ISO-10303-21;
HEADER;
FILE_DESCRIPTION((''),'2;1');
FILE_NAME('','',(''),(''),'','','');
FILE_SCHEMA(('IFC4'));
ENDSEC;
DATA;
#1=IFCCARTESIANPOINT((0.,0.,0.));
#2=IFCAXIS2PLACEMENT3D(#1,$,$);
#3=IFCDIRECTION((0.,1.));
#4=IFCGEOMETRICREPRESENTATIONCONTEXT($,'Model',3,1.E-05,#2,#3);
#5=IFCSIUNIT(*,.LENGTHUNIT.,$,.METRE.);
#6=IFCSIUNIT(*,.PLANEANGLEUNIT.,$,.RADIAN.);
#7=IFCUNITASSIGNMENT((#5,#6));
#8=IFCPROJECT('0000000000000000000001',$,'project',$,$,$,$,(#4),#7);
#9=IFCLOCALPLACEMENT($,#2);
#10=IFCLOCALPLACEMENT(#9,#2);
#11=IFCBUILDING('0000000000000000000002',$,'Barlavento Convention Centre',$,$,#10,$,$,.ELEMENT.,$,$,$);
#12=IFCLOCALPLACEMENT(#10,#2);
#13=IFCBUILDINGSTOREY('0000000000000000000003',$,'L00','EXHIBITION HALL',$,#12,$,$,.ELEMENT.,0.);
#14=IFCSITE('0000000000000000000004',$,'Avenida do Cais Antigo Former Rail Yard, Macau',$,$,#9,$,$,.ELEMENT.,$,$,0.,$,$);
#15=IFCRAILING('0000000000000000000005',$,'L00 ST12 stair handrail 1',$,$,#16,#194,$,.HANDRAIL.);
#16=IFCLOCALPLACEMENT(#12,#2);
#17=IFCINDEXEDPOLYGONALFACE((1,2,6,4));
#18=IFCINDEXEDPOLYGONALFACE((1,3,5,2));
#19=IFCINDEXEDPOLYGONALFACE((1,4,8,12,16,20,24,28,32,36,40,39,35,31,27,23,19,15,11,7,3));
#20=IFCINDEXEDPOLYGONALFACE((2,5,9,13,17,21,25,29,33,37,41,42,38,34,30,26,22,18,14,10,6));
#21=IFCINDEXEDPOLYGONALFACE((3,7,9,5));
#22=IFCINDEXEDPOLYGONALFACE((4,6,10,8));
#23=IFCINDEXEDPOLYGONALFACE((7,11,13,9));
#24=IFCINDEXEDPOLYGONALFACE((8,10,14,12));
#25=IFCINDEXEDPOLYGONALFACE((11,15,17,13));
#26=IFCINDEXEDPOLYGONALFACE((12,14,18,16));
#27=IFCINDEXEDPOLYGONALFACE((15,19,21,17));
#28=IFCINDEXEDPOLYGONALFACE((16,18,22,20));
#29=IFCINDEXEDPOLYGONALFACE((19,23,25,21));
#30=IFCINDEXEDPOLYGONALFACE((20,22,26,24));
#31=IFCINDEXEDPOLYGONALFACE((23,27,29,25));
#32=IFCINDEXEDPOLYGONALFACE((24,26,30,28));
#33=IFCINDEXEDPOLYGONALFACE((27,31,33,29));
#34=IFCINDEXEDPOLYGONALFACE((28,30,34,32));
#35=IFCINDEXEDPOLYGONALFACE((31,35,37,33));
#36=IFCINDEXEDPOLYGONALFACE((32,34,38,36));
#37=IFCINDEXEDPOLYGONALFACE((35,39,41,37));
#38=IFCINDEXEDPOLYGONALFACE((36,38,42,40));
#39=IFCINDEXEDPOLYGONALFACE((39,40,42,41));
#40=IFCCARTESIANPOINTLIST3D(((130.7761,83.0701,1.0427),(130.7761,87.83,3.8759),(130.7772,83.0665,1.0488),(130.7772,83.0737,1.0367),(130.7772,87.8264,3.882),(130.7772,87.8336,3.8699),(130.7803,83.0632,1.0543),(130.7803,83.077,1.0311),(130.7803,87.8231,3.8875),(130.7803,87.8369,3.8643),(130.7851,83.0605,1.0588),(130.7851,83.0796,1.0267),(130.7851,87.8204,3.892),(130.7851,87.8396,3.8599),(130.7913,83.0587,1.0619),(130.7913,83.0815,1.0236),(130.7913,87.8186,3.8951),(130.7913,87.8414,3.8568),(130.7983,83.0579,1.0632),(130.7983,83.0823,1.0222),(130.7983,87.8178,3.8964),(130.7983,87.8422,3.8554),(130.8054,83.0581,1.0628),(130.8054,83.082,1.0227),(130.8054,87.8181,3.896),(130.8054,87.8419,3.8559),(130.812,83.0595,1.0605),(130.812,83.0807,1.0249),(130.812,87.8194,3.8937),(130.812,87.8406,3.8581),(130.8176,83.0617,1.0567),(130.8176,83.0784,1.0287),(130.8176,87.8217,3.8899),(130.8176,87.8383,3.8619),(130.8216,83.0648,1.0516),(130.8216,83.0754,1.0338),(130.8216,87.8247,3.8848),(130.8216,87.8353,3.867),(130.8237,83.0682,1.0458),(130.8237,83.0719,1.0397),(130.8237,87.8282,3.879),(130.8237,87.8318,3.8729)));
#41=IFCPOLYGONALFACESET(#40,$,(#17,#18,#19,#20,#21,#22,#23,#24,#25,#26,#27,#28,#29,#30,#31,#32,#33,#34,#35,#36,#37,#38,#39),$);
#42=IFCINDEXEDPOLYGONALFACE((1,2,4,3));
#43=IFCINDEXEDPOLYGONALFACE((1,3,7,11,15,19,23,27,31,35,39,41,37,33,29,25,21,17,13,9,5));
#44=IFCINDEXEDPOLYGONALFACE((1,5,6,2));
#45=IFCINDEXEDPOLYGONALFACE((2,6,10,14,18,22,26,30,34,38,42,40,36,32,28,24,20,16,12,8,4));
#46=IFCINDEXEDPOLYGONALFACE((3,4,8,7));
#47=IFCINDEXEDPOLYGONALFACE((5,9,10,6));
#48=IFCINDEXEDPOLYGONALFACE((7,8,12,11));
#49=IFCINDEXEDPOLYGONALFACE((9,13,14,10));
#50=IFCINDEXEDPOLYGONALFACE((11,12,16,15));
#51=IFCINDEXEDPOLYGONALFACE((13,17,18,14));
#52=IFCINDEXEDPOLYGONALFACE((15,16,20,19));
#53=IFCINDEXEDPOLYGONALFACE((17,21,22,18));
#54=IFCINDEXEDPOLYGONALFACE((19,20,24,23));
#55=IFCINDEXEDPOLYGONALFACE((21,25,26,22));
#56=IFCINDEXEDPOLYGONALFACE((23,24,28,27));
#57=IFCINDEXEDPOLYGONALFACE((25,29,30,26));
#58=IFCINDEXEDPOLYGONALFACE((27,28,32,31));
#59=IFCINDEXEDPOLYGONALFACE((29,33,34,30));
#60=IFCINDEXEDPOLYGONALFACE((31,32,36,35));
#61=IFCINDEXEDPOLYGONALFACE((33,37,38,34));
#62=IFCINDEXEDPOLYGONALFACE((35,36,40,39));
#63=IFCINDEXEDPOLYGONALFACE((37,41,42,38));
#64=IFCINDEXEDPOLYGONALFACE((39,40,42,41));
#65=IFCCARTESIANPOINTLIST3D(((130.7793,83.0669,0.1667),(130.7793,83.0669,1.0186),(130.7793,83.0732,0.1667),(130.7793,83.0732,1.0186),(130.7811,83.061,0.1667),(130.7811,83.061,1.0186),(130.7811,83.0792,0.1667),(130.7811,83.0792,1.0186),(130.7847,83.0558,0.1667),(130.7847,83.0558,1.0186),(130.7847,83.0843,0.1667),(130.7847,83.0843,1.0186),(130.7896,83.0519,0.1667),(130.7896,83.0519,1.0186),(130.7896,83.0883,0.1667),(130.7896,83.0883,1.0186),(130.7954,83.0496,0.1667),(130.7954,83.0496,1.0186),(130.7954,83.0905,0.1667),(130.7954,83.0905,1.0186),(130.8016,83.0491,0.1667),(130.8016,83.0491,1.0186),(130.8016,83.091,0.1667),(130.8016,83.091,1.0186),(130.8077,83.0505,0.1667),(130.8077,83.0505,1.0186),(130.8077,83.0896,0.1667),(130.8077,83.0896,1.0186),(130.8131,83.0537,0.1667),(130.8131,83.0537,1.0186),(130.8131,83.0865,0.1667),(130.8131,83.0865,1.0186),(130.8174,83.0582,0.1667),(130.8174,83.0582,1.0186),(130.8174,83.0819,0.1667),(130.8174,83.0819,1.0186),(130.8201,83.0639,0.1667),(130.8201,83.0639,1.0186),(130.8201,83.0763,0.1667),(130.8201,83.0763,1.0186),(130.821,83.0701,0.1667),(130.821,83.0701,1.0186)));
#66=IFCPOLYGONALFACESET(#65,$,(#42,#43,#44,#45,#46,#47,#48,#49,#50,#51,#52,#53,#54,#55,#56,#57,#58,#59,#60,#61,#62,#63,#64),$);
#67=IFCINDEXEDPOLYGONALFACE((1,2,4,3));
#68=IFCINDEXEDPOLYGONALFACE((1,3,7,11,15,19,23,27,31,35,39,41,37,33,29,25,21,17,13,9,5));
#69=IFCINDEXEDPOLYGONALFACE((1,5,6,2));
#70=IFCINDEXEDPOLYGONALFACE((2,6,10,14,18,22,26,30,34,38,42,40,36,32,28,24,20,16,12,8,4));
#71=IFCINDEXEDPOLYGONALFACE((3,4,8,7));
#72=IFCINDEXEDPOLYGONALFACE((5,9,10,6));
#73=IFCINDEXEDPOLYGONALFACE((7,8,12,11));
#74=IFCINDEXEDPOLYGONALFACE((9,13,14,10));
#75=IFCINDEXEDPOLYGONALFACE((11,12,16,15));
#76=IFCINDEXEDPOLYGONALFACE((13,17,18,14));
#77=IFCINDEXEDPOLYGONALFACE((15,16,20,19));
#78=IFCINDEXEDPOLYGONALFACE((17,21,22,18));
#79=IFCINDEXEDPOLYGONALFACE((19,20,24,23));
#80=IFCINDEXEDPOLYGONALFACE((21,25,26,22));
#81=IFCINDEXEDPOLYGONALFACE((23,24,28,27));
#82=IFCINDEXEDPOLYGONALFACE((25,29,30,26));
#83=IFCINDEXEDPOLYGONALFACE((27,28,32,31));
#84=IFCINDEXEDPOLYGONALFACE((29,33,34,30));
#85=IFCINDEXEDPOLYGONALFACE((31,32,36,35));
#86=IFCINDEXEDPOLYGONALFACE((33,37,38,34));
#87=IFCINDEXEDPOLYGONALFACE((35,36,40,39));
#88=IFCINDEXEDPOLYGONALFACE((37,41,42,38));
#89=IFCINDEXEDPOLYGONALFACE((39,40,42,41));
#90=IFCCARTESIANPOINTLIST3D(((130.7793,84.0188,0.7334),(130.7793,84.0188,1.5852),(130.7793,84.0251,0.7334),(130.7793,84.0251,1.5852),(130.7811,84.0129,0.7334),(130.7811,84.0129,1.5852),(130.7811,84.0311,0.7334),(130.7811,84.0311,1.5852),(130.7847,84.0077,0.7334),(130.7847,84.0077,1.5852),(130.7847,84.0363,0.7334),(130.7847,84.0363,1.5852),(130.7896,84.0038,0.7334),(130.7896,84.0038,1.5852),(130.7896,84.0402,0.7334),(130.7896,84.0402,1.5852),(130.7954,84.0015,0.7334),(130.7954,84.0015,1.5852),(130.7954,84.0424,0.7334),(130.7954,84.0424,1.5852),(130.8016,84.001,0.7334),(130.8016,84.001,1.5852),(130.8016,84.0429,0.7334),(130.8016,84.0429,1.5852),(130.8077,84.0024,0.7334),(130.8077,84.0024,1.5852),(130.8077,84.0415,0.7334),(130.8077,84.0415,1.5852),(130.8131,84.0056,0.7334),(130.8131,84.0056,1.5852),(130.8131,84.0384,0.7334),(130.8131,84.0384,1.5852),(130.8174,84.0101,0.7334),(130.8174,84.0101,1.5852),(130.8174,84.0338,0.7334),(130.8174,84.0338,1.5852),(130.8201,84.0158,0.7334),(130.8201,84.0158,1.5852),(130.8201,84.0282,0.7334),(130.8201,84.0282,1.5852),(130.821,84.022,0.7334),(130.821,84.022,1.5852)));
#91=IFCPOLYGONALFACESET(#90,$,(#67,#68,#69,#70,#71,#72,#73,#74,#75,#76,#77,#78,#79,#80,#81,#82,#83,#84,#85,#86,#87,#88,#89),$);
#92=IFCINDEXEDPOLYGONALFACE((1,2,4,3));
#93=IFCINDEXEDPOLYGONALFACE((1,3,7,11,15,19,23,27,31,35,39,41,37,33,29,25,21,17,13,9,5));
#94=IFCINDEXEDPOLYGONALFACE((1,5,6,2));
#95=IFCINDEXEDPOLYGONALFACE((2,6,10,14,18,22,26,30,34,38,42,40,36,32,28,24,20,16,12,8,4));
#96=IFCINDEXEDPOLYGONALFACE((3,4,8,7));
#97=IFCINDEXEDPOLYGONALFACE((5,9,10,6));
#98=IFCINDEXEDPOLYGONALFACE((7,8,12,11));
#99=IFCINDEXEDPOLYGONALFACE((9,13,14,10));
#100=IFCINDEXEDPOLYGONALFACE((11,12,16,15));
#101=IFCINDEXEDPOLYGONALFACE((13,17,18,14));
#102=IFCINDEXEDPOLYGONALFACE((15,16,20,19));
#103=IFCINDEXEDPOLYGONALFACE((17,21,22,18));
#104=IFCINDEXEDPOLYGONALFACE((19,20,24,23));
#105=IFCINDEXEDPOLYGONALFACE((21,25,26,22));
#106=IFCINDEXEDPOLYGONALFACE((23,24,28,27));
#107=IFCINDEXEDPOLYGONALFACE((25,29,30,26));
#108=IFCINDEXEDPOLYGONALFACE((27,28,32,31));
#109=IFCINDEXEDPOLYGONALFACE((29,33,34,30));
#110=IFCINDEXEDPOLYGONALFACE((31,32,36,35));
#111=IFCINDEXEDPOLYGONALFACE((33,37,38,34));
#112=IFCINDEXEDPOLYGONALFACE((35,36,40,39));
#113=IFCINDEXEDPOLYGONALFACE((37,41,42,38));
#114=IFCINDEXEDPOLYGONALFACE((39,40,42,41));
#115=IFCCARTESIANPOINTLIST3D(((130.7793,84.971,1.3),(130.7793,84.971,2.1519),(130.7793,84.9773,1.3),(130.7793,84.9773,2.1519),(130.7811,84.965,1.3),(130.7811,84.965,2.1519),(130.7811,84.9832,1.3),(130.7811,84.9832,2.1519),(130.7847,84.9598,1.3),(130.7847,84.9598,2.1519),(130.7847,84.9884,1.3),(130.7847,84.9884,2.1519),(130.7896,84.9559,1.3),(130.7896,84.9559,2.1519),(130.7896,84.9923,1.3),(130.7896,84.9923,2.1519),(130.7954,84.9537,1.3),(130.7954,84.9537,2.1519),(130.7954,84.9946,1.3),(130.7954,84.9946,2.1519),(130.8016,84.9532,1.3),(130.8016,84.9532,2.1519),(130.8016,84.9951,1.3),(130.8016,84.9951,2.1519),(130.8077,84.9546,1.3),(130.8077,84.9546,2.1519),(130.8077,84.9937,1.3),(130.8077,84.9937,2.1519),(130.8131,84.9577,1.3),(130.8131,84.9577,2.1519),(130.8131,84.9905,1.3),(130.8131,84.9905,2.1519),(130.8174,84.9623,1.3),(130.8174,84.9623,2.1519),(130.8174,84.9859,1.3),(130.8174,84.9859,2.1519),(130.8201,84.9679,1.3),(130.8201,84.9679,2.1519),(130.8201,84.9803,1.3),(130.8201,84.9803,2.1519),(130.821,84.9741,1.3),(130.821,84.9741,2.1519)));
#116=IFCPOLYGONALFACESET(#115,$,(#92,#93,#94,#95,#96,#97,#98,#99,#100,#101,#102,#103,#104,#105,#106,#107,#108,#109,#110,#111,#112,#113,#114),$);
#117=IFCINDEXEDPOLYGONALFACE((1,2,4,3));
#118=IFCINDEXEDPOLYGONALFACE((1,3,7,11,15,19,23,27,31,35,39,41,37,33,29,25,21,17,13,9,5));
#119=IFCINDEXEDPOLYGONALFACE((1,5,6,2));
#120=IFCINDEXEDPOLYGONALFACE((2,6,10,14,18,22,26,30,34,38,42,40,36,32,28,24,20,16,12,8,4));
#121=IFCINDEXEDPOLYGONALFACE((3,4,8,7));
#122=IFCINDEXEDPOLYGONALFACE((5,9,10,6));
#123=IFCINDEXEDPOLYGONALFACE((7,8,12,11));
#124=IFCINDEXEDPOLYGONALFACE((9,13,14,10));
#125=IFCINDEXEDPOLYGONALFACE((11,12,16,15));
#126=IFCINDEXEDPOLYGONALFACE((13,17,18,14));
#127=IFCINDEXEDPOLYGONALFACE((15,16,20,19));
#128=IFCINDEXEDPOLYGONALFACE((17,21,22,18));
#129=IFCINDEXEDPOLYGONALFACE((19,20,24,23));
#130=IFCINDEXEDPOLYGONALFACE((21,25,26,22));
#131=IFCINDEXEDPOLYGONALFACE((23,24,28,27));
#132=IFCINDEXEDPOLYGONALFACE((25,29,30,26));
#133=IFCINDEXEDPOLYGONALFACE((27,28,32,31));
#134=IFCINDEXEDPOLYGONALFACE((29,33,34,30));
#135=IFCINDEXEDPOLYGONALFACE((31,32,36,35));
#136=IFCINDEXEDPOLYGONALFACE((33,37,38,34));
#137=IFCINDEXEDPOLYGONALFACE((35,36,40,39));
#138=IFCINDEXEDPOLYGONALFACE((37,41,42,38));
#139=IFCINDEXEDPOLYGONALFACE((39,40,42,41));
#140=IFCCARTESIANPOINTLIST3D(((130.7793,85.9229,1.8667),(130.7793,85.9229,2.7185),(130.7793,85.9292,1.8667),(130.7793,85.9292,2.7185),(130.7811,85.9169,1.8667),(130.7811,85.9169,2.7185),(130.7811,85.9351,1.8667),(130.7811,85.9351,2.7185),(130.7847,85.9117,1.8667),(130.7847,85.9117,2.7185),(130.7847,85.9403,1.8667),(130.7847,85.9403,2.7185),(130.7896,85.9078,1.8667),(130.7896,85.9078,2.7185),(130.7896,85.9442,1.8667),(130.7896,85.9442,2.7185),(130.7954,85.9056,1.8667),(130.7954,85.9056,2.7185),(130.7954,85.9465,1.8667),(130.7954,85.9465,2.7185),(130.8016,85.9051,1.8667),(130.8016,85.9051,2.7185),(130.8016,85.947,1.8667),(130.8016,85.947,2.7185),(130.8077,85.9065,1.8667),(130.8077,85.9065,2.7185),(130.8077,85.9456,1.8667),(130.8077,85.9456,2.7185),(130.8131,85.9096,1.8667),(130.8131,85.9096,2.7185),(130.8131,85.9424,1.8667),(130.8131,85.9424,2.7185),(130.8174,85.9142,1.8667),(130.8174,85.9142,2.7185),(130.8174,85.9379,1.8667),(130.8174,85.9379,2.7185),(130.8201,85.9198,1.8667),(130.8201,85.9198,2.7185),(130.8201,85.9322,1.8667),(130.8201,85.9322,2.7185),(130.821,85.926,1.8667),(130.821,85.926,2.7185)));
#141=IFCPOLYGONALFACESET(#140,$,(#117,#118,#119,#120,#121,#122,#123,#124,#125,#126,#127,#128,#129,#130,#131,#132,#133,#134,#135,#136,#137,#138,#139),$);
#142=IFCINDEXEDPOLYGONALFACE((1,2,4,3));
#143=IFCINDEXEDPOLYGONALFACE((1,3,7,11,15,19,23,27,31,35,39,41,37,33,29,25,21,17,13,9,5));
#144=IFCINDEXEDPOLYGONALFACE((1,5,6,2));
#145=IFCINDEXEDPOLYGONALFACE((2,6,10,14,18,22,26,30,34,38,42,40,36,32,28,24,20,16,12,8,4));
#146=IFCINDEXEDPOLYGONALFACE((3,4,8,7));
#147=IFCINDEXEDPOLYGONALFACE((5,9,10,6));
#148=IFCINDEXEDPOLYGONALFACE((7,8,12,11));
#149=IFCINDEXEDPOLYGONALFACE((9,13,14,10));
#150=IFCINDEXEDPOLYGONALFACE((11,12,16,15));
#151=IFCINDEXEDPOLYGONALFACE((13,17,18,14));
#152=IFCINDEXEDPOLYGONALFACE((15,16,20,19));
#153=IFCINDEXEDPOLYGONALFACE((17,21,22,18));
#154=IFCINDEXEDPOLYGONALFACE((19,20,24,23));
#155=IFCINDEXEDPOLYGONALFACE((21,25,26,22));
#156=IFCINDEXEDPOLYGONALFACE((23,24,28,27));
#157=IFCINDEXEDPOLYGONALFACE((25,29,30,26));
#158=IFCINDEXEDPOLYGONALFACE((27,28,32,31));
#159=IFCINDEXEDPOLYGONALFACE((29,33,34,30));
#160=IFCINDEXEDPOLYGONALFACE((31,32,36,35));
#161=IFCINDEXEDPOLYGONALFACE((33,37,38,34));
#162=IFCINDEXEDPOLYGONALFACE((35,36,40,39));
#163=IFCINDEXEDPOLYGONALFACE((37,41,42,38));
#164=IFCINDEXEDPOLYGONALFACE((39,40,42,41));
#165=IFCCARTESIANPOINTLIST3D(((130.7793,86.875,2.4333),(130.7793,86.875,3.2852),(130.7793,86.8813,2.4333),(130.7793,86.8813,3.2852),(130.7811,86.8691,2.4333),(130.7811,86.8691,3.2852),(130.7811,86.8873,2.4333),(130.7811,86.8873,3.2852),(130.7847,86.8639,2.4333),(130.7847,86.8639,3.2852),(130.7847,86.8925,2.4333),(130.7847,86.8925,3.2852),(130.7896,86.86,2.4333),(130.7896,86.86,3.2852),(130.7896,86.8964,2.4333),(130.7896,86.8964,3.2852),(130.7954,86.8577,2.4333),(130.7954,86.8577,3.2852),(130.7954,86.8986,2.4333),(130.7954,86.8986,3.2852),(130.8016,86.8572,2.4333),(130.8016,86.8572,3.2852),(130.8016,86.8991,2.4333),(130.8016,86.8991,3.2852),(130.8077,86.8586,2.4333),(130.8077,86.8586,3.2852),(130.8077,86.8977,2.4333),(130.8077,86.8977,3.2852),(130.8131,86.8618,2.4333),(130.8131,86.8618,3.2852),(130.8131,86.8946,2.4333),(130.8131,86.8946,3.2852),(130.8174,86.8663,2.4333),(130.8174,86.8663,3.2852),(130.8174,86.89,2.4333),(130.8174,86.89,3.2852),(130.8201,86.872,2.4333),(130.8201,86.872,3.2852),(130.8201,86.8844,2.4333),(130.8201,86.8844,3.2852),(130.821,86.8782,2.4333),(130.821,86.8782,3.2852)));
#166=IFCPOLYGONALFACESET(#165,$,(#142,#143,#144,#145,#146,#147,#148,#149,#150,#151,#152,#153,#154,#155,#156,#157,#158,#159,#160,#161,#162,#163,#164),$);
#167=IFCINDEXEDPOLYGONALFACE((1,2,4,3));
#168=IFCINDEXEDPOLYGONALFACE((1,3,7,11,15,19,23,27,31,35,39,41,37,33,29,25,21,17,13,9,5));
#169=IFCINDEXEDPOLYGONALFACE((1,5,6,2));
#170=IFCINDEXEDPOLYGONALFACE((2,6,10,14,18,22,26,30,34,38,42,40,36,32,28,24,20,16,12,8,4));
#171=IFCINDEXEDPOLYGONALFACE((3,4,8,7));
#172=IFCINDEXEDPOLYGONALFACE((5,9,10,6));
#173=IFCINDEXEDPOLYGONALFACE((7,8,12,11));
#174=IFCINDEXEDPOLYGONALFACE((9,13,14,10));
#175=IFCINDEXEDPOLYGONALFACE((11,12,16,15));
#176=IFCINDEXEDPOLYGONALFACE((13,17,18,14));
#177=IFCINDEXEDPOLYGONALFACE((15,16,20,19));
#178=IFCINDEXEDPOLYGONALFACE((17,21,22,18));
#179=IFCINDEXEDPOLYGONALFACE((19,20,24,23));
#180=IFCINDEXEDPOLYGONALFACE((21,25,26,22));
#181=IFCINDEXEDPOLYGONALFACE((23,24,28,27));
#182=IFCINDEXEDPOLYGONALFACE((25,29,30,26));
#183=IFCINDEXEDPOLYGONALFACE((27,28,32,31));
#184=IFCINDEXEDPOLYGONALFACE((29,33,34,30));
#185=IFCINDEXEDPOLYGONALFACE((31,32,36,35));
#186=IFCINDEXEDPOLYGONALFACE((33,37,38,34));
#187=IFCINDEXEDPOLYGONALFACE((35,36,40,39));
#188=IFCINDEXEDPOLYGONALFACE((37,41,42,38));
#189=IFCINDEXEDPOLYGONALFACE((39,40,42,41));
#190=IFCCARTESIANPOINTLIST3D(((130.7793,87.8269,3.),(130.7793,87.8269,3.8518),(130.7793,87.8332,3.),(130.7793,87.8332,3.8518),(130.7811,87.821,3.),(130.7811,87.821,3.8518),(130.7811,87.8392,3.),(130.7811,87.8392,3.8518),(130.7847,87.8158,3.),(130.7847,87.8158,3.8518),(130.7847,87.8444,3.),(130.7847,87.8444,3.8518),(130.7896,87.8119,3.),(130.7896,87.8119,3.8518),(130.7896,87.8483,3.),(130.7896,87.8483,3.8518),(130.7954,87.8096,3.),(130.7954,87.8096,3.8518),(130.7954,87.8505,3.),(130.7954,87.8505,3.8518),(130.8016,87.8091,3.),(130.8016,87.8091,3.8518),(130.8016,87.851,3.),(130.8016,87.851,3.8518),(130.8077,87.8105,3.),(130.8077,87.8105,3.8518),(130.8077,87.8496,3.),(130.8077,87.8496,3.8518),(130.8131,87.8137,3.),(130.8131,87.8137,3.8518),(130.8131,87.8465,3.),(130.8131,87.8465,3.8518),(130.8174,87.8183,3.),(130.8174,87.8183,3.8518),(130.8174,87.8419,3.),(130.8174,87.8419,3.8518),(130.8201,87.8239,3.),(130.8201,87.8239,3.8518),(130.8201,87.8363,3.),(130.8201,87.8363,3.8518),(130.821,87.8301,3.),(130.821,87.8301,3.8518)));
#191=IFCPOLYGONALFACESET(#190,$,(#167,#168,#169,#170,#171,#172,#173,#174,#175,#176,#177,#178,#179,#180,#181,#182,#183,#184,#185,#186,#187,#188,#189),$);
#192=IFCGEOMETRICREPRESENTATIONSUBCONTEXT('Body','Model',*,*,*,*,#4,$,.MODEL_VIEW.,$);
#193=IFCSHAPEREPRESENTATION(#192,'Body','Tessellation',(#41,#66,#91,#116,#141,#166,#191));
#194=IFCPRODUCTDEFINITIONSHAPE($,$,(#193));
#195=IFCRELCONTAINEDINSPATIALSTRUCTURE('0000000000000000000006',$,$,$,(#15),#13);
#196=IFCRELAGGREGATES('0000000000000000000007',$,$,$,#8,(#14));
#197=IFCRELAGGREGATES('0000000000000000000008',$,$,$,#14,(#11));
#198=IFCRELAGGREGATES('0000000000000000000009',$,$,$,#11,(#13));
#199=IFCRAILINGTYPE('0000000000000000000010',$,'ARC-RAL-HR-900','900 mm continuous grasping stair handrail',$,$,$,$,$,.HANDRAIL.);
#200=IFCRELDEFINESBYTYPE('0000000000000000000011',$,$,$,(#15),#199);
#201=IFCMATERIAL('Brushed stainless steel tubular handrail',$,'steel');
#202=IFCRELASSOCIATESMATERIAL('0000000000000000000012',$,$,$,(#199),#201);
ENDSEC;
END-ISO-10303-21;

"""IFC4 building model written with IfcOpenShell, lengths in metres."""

from ifc_helpers import new_model, si_unit, direction, frame, origin, origin_2d, place, context, subcontext, project, spatial, circle, extrude, material, type_object, element, save


model = new_model("IFC4")

# Units and contexts
model_context = context("Model", 3, precision=1e-05, world=origin(), true_north=direction((0.0, 1.0)))
body_context = subcontext(model_context, "Body", "Model", "MODEL_VIEW")
ifc_project = project(units=[si_unit("LENGTHUNIT", "METRE"), si_unit("PLANEANGLEUNIT", "RADIAN")], contexts=[model_context])

# Site, building, storey
site_placement = place(None, origin())
site = spatial("IfcSite", under=ifc_project, at=site_placement, Name="Avenida do Cais Antigo Former Rail Yard, Macau", CompositionType="ELEMENT", RefElevation=0.0)
building_placement = place(site_placement, origin())
building = spatial("IfcBuilding", under=site, at=building_placement, Name="Barlavento Convention Centre", CompositionType="ELEMENT")
storey_placement = place(building_placement, origin())
storey = spatial("IfcBuildingStorey", under=building, at=storey_placement, Name="L00", Description="EXHIBITION HALL", CompositionType="ELEMENT", Elevation=0.0)

# Railing
ifc_material_1 = material(Name="Brushed stainless steel tubular handrail", Category="steel")
railing_type_1 = type_object("IfcRailingType", Name="ARC-RAL-HR-900", Description="900 mm continuous grasping stair handrail", PredefinedType="HANDRAIL", material=ifc_material_1)
railing_1_placement = place(storey_placement, frame((130.8, 83.0701, 0.1667)))
element("IfcRailing", 1, at=railing_1_placement, inside=storey, type_object=railing_type_1, Name="L00 ST12 stair handrail 1", PredefinedType="HANDRAIL", context=body_context, shape_type="SweptSolid", body=[
    extrude(circle(Radius=0.0239, at=origin_2d()), frame((0.0, 0.0, 0.876), z_axis=(0.0, 0.8593, 0.511472), x_axis=(-1.0, 0.0, 0.0)), (0.0, 0.0, 1.0), 5.5393),
    extrude(circle(Radius=0.021, at=origin_2d()), origin(), (0.0, 0.0, 1.0), 0.8518),
    extrude(circle(Radius=0.021, at=origin_2d()), frame((0.0, 0.9519, 0.5667)), (0.0, 0.0, 1.0), 0.8518),
    extrude(circle(Radius=0.021, at=origin_2d()), frame((0.0, 1.9041, 1.1333)), (0.0, 0.0, 1.0), 0.8518),
    extrude(circle(Radius=0.021, at=origin_2d()), frame((0.0, 2.856, 1.7)), (0.0, 0.0, 1.0), 0.8518),
    extrude(circle(Radius=0.021, at=origin_2d()), frame((0.0, 3.8081, 2.2666)), (0.0, 0.0, 1.0), 0.8518),
    extrude(circle(Radius=0.021, at=origin_2d()), frame((0.0, 4.76, 2.8333)), (0.0, 0.0, 1.0), 0.8518),
])

save(model, "model.ifc")
